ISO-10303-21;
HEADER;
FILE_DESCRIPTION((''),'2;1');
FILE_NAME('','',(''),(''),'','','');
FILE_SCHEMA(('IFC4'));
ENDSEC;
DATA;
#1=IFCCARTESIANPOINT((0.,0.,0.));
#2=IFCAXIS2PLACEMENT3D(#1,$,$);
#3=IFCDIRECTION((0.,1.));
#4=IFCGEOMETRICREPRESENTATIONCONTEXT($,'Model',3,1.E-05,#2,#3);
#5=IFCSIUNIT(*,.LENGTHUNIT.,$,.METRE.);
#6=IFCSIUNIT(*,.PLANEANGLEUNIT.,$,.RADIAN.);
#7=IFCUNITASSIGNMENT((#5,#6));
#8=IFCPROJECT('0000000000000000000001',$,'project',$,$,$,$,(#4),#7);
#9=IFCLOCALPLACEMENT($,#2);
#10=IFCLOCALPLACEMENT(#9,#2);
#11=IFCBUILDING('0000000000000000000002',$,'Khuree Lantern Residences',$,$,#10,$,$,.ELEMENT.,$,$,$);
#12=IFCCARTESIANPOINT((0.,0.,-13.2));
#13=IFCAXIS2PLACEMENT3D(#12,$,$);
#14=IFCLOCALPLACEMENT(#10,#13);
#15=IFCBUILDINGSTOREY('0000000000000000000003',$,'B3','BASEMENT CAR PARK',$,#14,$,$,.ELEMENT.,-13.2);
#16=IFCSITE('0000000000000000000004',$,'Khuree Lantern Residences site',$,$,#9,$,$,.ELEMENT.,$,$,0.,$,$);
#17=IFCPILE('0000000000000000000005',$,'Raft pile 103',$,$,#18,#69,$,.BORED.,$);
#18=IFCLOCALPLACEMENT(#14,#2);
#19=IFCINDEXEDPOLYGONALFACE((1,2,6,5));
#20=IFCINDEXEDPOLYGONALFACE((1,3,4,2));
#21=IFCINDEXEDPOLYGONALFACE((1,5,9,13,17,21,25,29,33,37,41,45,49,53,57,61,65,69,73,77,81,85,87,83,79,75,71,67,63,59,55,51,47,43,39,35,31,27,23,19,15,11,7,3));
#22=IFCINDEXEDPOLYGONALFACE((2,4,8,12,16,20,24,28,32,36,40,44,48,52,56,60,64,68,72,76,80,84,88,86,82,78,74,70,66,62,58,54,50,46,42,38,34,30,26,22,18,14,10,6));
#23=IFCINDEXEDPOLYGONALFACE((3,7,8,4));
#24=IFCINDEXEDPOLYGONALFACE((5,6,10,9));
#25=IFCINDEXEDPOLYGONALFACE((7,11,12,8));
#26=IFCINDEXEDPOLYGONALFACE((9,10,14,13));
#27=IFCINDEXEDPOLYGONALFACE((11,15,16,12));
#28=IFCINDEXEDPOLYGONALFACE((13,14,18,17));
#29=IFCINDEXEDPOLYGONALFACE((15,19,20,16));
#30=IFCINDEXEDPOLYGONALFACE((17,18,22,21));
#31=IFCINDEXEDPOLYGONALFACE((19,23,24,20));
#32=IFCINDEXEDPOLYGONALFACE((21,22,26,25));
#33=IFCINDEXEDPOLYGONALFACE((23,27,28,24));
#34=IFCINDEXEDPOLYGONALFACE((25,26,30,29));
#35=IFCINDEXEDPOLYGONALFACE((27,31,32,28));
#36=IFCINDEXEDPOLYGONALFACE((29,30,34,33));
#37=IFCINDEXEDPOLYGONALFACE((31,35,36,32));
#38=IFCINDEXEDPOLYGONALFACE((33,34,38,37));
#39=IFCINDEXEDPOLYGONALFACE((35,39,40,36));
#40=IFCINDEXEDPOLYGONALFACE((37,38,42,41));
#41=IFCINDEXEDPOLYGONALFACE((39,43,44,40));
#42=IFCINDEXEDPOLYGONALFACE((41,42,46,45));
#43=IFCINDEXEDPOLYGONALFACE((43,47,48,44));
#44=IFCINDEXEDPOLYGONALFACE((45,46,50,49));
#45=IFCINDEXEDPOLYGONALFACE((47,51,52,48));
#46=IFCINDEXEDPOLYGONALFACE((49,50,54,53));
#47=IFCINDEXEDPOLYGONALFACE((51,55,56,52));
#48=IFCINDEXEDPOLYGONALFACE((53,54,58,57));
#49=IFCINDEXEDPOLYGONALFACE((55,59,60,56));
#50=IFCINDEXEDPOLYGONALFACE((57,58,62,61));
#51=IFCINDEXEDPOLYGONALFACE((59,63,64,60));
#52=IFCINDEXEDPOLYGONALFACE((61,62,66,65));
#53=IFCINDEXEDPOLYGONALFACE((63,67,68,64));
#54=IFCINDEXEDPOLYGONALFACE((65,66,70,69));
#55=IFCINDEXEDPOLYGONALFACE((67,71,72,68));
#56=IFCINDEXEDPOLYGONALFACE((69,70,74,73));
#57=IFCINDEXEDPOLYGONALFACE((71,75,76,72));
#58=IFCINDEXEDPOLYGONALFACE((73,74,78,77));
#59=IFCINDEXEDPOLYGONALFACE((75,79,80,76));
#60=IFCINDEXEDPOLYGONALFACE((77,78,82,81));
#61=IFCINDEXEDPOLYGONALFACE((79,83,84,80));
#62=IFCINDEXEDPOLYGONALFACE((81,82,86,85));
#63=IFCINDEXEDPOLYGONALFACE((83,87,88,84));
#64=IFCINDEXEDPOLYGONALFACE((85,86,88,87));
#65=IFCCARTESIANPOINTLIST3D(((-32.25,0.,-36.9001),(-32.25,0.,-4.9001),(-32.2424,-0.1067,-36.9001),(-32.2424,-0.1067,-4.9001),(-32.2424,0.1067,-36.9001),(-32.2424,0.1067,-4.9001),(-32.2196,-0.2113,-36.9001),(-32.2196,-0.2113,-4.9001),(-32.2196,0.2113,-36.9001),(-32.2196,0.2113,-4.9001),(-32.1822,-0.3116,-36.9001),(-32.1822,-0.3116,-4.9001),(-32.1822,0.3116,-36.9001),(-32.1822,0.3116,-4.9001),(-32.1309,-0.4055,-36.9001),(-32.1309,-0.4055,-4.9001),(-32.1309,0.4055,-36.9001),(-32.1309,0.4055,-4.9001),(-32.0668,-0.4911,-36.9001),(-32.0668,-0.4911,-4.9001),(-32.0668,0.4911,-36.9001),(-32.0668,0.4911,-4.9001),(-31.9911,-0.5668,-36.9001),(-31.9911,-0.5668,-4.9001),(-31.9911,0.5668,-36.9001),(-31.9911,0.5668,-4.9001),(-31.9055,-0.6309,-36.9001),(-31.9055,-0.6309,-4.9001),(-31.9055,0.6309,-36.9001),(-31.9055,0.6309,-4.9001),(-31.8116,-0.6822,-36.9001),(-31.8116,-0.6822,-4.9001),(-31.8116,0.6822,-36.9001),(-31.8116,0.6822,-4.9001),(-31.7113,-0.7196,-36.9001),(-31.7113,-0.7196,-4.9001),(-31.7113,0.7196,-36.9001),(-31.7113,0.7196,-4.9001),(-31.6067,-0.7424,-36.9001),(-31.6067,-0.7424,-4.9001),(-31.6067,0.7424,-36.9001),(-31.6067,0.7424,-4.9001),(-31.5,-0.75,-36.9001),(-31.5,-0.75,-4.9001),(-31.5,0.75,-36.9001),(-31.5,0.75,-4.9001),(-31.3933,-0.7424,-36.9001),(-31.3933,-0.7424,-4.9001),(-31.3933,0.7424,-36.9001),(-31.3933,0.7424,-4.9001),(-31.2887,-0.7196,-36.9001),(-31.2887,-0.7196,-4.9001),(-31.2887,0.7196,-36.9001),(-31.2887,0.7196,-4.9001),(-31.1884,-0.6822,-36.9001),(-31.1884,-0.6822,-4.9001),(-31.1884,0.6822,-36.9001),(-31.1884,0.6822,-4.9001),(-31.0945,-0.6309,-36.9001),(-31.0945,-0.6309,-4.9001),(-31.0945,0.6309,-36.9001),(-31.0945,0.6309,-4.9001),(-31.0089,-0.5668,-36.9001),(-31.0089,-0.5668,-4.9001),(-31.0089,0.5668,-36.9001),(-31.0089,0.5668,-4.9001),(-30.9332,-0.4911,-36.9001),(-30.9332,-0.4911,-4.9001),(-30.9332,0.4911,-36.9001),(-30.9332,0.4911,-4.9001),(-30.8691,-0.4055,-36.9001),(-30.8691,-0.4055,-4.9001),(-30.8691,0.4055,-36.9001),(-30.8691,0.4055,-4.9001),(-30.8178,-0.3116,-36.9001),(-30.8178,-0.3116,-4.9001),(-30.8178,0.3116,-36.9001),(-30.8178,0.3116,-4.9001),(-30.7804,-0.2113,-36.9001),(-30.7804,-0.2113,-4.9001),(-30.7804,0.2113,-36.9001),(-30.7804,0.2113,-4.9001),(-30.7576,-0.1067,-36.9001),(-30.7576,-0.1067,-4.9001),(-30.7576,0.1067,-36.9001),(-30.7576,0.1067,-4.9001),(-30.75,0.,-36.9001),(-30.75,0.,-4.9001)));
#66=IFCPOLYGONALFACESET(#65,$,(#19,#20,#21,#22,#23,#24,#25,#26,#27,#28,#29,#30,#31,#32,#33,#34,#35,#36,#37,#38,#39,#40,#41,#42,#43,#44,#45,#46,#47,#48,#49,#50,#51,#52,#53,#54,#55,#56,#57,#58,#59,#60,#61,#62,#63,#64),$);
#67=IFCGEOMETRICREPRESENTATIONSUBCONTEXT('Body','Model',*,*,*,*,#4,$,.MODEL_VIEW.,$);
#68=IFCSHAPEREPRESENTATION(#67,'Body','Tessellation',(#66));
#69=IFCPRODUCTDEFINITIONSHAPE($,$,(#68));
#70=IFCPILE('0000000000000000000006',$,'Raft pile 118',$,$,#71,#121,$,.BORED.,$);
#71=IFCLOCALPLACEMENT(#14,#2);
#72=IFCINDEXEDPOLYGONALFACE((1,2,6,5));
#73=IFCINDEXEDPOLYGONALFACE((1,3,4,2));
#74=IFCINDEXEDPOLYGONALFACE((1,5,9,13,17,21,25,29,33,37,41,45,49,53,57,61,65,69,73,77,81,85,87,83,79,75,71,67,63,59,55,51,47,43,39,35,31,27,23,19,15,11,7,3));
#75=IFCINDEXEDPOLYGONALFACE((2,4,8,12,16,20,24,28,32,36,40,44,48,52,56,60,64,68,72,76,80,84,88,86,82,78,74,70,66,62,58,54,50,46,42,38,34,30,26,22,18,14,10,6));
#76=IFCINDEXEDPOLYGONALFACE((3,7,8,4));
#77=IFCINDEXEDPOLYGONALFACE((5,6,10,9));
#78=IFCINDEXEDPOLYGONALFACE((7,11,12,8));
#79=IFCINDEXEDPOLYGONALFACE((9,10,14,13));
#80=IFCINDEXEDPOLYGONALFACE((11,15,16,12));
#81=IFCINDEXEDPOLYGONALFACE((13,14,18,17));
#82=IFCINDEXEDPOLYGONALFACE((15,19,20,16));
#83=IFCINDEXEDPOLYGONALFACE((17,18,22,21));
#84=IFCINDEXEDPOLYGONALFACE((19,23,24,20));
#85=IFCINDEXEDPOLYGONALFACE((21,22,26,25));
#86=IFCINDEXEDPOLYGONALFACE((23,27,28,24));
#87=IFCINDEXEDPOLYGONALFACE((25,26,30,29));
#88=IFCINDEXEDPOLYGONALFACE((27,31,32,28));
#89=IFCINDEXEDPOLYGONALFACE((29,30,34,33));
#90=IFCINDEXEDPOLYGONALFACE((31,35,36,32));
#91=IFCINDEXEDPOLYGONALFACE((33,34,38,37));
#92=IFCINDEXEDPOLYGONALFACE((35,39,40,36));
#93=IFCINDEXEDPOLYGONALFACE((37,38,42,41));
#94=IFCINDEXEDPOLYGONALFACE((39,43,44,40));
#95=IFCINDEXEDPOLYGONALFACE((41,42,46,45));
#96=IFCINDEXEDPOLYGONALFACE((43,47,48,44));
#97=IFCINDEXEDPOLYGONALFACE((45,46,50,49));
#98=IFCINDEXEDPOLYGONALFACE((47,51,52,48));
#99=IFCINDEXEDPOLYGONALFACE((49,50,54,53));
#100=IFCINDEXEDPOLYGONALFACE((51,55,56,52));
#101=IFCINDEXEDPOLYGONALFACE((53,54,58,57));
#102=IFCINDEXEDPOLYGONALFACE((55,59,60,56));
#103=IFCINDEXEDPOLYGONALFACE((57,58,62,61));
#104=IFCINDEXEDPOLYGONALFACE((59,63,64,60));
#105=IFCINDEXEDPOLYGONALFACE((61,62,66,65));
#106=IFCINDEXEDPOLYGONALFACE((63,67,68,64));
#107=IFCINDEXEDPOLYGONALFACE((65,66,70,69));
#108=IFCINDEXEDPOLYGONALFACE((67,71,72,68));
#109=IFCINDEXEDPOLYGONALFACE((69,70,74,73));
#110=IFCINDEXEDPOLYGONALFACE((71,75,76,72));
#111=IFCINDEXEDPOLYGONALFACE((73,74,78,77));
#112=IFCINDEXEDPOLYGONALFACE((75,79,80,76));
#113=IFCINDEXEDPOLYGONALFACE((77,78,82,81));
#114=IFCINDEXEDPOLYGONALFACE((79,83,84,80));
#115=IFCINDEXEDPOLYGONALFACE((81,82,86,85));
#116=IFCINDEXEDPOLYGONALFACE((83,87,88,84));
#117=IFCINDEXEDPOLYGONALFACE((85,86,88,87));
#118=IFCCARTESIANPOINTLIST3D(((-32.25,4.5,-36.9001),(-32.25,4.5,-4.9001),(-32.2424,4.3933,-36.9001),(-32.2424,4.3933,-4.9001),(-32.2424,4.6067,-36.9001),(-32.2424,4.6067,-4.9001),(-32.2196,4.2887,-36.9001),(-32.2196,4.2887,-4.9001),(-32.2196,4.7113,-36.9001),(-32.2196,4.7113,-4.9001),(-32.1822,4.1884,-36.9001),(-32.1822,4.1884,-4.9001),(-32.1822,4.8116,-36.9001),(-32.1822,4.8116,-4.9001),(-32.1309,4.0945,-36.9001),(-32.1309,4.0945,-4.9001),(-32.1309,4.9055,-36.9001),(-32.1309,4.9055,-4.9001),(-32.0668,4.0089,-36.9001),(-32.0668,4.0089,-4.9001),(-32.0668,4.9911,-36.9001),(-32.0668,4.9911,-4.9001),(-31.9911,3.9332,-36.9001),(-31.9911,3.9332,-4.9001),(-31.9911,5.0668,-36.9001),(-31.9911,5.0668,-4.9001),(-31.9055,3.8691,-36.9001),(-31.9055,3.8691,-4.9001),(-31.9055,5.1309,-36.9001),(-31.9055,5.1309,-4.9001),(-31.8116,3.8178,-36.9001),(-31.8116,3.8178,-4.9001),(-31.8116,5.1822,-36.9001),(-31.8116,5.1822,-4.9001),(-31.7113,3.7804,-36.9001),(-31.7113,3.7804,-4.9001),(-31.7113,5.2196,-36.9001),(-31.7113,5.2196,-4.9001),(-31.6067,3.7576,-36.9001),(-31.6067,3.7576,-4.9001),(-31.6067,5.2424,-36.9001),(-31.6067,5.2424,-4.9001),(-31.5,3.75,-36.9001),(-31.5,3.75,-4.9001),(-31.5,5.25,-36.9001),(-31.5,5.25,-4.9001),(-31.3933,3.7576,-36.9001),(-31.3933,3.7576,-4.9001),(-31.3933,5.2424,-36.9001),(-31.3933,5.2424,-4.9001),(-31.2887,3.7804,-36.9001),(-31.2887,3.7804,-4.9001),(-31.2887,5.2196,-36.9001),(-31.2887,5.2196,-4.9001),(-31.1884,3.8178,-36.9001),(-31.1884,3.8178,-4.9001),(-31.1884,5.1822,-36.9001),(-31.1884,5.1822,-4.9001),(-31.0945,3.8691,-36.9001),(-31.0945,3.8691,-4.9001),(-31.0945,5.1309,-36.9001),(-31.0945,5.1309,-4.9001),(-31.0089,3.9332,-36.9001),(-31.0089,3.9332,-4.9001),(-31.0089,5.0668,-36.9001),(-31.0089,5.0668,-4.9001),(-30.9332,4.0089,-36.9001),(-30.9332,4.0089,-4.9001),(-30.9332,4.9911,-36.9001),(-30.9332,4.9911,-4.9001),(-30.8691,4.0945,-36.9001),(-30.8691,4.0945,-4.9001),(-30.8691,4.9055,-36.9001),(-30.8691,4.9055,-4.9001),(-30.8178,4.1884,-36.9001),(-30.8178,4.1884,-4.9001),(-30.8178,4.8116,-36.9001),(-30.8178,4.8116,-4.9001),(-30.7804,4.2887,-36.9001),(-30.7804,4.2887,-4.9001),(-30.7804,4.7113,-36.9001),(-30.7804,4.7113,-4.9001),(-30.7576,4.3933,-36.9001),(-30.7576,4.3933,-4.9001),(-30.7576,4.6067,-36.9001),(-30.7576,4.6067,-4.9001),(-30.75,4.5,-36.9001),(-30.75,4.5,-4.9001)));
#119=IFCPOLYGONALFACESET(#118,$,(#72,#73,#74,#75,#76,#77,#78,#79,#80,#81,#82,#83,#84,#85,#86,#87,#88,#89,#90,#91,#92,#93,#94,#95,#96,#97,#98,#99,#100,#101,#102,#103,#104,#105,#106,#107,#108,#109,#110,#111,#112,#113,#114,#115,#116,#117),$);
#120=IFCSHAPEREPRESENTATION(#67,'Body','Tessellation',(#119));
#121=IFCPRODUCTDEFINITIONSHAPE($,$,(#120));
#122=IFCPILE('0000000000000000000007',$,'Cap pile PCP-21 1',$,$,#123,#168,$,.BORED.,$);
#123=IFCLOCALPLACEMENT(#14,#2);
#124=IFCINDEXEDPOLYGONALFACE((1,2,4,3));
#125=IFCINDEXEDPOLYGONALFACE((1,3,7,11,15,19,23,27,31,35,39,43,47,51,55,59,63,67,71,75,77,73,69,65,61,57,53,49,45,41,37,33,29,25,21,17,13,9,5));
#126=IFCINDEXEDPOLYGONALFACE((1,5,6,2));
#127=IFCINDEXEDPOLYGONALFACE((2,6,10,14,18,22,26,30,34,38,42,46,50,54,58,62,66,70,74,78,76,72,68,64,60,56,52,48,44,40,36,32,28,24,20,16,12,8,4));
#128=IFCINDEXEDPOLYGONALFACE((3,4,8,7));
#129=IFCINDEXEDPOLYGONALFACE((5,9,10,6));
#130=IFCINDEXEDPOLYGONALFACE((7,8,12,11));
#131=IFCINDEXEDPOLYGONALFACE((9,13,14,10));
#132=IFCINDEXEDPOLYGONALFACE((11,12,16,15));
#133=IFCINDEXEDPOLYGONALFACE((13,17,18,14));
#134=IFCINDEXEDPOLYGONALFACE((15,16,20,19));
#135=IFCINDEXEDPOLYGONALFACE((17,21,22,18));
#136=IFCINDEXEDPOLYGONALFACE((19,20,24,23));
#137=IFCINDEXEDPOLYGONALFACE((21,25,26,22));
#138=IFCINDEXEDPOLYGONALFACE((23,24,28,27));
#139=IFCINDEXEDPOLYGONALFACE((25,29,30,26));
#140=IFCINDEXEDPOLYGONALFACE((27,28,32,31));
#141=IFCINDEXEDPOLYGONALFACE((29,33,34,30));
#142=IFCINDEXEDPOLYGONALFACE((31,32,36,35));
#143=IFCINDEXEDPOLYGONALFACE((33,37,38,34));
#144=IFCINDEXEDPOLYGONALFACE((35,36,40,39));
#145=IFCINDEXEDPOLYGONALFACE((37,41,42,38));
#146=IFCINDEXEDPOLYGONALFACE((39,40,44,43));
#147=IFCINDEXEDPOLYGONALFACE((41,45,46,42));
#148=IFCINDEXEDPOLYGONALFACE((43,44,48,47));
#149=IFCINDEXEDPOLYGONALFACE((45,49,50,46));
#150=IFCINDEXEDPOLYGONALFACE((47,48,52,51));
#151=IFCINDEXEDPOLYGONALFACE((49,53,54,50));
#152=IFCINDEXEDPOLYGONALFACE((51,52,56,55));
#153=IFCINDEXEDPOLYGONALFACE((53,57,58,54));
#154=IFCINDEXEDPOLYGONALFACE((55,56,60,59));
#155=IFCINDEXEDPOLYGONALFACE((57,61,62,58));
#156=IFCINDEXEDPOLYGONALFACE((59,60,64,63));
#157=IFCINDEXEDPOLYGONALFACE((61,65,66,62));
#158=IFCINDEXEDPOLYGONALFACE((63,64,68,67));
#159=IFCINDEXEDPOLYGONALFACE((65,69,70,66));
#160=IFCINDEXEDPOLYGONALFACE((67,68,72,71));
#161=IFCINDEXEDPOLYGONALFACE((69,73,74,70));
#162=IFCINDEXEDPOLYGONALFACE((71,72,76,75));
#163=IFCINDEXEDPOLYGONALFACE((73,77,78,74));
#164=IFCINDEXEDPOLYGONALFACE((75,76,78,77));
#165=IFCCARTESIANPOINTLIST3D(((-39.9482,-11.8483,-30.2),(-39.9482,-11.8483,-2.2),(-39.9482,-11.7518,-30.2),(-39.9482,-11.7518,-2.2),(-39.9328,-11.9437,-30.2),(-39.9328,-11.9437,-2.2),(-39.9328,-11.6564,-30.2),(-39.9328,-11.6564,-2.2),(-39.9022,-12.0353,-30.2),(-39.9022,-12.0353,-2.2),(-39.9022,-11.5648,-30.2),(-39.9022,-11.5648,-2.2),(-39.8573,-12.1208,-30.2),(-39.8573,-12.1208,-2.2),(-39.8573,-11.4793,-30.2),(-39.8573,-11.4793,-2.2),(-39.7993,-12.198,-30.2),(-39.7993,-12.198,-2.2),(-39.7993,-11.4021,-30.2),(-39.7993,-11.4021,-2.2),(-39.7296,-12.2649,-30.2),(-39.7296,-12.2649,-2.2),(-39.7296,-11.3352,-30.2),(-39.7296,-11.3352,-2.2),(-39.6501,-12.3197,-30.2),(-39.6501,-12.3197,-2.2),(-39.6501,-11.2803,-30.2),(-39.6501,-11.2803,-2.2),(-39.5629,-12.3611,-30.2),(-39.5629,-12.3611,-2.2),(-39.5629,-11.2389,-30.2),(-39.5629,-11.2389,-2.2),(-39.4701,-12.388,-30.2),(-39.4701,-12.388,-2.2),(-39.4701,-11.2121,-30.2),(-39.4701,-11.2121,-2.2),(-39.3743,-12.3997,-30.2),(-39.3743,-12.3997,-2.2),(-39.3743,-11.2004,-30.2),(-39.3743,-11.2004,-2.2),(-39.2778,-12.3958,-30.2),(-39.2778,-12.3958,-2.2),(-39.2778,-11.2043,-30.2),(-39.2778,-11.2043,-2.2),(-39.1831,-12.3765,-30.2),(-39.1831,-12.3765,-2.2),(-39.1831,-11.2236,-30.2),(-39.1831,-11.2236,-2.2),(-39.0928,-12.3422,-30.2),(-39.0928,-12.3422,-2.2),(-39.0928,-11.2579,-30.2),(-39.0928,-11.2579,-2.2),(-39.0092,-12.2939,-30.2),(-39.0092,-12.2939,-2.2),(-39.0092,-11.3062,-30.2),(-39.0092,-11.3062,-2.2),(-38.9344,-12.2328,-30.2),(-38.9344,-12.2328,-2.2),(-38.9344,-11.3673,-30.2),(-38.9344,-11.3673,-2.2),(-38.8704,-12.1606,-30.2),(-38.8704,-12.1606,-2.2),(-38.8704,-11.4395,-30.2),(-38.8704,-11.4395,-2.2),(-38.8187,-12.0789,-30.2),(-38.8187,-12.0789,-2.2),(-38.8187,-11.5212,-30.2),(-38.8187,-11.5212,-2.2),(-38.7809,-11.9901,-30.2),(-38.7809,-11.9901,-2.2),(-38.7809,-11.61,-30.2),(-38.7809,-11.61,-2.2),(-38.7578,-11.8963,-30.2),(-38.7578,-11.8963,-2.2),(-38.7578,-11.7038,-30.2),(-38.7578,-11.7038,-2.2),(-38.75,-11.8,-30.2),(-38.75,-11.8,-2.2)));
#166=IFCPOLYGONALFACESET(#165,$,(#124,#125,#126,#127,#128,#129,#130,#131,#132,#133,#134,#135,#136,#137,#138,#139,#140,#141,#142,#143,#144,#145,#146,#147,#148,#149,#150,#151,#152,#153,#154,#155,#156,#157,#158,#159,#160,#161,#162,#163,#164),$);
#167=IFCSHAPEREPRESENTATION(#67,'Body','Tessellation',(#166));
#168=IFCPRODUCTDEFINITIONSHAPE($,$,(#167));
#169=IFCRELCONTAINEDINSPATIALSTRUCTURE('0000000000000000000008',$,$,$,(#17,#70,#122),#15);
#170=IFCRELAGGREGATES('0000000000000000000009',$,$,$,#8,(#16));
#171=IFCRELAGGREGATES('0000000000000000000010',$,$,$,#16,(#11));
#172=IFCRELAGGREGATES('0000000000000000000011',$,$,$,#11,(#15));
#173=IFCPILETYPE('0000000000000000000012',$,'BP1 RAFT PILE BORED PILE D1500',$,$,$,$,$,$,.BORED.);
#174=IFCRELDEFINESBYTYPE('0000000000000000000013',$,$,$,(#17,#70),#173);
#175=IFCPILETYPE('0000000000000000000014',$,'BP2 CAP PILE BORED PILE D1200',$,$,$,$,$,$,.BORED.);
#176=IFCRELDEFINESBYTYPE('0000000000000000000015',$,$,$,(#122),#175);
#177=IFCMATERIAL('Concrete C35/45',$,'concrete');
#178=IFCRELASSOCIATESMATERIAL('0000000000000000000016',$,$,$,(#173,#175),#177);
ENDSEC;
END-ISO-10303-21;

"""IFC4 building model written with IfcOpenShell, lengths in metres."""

from ifc_helpers import new_model, si_unit, direction, frame, origin, origin_2d, place, context, subcontext, project, spatial, circle, extrude, material, material_profile, profile_set, type_object, element, save


model = new_model("IFC4")

# Units and contexts
model_context = context("Model", 3, precision=1e-05, world=origin(), true_north=direction((0.0, 1.0)))
body_context = subcontext(model_context, "Body", "Model", "MODEL_VIEW")
ifc_project = project(units=[si_unit("LENGTHUNIT", "METRE"), si_unit("PLANEANGLEUNIT", "RADIAN")], contexts=[model_context])

# Site, building, storey
site_placement = place(None, origin())
site = spatial("IfcSite", under=ifc_project, at=site_placement, Name="Khuree Lantern Residences site", CompositionType="ELEMENT", RefElevation=0.0)
building_placement = place(site_placement, origin())
building = spatial("IfcBuilding", under=site, at=building_placement, Name="Khuree Lantern Residences", CompositionType="ELEMENT")
storey_placement = place(building_placement, frame((0.0, 0.0, -13.2)))
storey = spatial("IfcBuildingStorey", under=building, at=storey_placement, Name="B3", Description="BASEMENT CAR PARK", CompositionType="ELEMENT", Elevation=-13.2)

# Piles
ifc_material_1 = material(Name="Concrete C35/45", Category="concrete")
ifc_material_profile_1 = material_profile(ifc_material_1, circle(Radius=0.75, at=origin_2d()), Name="BORED PILE D1500")
ifc_profile_set_1 = profile_set([ifc_material_profile_1], Name="Concrete C35/45")
pile_type_1 = type_object("IfcPileType", Name="BP1 RAFT PILE BORED PILE D1500", PredefinedType="BORED", material=ifc_profile_set_1)
for number, where, z_axis, x_axis, name in (
    (1, (-31.5, 0.0, -4.9001), (0.0, 0.0, -1.0), (1.0, 0.0, 0.0), "Raft pile 103"),
    (2, (-31.5, 4.5, -4.9001), (0.0, 0.0, -1.0), (1.0, 0.0, 0.0), "Raft pile 118"),
):
    element("IfcPile", number, at=place(storey_placement, frame(where, z_axis=z_axis, x_axis=x_axis)), inside=storey, type_object=pile_type_1, Name=name, PredefinedType="BORED", context=body_context, shape_type="SweptSolid", body=[
        extrude(circle(Radius=0.75, at=origin_2d()), origin(), (0.0, 0.0, 1.0), 32.0),
    ])
ifc_material_profile_2 = material_profile(ifc_material_1, circle(Radius=0.6001, at=origin_2d()), Name="BORED PILE D1200")
ifc_profile_set_2 = profile_set([ifc_material_profile_2], Name="Concrete C35/45")
pile_type_2 = type_object("IfcPileType", Name="BP2 CAP PILE BORED PILE D1200", PredefinedType="BORED", material=ifc_profile_set_2)
for number, where, z_axis, x_axis, name in (
    (3, (-39.3501, -11.8, -2.2), (0.0, 0.0, -1.0), (1.0, 0.0, 0.0), "Cap pile PCP-21 1"),
):
    element("IfcPile", number, at=place(storey_placement, frame(where, z_axis=z_axis, x_axis=x_axis)), inside=storey, type_object=pile_type_2, Name=name, PredefinedType="BORED", context=body_context, shape_type="SweptSolid", body=[
        extrude(circle(Radius=0.6001, at=origin_2d()), origin(), (0.0, 0.0, 1.0), 28.0),
    ])

save(model, "model.ifc")
